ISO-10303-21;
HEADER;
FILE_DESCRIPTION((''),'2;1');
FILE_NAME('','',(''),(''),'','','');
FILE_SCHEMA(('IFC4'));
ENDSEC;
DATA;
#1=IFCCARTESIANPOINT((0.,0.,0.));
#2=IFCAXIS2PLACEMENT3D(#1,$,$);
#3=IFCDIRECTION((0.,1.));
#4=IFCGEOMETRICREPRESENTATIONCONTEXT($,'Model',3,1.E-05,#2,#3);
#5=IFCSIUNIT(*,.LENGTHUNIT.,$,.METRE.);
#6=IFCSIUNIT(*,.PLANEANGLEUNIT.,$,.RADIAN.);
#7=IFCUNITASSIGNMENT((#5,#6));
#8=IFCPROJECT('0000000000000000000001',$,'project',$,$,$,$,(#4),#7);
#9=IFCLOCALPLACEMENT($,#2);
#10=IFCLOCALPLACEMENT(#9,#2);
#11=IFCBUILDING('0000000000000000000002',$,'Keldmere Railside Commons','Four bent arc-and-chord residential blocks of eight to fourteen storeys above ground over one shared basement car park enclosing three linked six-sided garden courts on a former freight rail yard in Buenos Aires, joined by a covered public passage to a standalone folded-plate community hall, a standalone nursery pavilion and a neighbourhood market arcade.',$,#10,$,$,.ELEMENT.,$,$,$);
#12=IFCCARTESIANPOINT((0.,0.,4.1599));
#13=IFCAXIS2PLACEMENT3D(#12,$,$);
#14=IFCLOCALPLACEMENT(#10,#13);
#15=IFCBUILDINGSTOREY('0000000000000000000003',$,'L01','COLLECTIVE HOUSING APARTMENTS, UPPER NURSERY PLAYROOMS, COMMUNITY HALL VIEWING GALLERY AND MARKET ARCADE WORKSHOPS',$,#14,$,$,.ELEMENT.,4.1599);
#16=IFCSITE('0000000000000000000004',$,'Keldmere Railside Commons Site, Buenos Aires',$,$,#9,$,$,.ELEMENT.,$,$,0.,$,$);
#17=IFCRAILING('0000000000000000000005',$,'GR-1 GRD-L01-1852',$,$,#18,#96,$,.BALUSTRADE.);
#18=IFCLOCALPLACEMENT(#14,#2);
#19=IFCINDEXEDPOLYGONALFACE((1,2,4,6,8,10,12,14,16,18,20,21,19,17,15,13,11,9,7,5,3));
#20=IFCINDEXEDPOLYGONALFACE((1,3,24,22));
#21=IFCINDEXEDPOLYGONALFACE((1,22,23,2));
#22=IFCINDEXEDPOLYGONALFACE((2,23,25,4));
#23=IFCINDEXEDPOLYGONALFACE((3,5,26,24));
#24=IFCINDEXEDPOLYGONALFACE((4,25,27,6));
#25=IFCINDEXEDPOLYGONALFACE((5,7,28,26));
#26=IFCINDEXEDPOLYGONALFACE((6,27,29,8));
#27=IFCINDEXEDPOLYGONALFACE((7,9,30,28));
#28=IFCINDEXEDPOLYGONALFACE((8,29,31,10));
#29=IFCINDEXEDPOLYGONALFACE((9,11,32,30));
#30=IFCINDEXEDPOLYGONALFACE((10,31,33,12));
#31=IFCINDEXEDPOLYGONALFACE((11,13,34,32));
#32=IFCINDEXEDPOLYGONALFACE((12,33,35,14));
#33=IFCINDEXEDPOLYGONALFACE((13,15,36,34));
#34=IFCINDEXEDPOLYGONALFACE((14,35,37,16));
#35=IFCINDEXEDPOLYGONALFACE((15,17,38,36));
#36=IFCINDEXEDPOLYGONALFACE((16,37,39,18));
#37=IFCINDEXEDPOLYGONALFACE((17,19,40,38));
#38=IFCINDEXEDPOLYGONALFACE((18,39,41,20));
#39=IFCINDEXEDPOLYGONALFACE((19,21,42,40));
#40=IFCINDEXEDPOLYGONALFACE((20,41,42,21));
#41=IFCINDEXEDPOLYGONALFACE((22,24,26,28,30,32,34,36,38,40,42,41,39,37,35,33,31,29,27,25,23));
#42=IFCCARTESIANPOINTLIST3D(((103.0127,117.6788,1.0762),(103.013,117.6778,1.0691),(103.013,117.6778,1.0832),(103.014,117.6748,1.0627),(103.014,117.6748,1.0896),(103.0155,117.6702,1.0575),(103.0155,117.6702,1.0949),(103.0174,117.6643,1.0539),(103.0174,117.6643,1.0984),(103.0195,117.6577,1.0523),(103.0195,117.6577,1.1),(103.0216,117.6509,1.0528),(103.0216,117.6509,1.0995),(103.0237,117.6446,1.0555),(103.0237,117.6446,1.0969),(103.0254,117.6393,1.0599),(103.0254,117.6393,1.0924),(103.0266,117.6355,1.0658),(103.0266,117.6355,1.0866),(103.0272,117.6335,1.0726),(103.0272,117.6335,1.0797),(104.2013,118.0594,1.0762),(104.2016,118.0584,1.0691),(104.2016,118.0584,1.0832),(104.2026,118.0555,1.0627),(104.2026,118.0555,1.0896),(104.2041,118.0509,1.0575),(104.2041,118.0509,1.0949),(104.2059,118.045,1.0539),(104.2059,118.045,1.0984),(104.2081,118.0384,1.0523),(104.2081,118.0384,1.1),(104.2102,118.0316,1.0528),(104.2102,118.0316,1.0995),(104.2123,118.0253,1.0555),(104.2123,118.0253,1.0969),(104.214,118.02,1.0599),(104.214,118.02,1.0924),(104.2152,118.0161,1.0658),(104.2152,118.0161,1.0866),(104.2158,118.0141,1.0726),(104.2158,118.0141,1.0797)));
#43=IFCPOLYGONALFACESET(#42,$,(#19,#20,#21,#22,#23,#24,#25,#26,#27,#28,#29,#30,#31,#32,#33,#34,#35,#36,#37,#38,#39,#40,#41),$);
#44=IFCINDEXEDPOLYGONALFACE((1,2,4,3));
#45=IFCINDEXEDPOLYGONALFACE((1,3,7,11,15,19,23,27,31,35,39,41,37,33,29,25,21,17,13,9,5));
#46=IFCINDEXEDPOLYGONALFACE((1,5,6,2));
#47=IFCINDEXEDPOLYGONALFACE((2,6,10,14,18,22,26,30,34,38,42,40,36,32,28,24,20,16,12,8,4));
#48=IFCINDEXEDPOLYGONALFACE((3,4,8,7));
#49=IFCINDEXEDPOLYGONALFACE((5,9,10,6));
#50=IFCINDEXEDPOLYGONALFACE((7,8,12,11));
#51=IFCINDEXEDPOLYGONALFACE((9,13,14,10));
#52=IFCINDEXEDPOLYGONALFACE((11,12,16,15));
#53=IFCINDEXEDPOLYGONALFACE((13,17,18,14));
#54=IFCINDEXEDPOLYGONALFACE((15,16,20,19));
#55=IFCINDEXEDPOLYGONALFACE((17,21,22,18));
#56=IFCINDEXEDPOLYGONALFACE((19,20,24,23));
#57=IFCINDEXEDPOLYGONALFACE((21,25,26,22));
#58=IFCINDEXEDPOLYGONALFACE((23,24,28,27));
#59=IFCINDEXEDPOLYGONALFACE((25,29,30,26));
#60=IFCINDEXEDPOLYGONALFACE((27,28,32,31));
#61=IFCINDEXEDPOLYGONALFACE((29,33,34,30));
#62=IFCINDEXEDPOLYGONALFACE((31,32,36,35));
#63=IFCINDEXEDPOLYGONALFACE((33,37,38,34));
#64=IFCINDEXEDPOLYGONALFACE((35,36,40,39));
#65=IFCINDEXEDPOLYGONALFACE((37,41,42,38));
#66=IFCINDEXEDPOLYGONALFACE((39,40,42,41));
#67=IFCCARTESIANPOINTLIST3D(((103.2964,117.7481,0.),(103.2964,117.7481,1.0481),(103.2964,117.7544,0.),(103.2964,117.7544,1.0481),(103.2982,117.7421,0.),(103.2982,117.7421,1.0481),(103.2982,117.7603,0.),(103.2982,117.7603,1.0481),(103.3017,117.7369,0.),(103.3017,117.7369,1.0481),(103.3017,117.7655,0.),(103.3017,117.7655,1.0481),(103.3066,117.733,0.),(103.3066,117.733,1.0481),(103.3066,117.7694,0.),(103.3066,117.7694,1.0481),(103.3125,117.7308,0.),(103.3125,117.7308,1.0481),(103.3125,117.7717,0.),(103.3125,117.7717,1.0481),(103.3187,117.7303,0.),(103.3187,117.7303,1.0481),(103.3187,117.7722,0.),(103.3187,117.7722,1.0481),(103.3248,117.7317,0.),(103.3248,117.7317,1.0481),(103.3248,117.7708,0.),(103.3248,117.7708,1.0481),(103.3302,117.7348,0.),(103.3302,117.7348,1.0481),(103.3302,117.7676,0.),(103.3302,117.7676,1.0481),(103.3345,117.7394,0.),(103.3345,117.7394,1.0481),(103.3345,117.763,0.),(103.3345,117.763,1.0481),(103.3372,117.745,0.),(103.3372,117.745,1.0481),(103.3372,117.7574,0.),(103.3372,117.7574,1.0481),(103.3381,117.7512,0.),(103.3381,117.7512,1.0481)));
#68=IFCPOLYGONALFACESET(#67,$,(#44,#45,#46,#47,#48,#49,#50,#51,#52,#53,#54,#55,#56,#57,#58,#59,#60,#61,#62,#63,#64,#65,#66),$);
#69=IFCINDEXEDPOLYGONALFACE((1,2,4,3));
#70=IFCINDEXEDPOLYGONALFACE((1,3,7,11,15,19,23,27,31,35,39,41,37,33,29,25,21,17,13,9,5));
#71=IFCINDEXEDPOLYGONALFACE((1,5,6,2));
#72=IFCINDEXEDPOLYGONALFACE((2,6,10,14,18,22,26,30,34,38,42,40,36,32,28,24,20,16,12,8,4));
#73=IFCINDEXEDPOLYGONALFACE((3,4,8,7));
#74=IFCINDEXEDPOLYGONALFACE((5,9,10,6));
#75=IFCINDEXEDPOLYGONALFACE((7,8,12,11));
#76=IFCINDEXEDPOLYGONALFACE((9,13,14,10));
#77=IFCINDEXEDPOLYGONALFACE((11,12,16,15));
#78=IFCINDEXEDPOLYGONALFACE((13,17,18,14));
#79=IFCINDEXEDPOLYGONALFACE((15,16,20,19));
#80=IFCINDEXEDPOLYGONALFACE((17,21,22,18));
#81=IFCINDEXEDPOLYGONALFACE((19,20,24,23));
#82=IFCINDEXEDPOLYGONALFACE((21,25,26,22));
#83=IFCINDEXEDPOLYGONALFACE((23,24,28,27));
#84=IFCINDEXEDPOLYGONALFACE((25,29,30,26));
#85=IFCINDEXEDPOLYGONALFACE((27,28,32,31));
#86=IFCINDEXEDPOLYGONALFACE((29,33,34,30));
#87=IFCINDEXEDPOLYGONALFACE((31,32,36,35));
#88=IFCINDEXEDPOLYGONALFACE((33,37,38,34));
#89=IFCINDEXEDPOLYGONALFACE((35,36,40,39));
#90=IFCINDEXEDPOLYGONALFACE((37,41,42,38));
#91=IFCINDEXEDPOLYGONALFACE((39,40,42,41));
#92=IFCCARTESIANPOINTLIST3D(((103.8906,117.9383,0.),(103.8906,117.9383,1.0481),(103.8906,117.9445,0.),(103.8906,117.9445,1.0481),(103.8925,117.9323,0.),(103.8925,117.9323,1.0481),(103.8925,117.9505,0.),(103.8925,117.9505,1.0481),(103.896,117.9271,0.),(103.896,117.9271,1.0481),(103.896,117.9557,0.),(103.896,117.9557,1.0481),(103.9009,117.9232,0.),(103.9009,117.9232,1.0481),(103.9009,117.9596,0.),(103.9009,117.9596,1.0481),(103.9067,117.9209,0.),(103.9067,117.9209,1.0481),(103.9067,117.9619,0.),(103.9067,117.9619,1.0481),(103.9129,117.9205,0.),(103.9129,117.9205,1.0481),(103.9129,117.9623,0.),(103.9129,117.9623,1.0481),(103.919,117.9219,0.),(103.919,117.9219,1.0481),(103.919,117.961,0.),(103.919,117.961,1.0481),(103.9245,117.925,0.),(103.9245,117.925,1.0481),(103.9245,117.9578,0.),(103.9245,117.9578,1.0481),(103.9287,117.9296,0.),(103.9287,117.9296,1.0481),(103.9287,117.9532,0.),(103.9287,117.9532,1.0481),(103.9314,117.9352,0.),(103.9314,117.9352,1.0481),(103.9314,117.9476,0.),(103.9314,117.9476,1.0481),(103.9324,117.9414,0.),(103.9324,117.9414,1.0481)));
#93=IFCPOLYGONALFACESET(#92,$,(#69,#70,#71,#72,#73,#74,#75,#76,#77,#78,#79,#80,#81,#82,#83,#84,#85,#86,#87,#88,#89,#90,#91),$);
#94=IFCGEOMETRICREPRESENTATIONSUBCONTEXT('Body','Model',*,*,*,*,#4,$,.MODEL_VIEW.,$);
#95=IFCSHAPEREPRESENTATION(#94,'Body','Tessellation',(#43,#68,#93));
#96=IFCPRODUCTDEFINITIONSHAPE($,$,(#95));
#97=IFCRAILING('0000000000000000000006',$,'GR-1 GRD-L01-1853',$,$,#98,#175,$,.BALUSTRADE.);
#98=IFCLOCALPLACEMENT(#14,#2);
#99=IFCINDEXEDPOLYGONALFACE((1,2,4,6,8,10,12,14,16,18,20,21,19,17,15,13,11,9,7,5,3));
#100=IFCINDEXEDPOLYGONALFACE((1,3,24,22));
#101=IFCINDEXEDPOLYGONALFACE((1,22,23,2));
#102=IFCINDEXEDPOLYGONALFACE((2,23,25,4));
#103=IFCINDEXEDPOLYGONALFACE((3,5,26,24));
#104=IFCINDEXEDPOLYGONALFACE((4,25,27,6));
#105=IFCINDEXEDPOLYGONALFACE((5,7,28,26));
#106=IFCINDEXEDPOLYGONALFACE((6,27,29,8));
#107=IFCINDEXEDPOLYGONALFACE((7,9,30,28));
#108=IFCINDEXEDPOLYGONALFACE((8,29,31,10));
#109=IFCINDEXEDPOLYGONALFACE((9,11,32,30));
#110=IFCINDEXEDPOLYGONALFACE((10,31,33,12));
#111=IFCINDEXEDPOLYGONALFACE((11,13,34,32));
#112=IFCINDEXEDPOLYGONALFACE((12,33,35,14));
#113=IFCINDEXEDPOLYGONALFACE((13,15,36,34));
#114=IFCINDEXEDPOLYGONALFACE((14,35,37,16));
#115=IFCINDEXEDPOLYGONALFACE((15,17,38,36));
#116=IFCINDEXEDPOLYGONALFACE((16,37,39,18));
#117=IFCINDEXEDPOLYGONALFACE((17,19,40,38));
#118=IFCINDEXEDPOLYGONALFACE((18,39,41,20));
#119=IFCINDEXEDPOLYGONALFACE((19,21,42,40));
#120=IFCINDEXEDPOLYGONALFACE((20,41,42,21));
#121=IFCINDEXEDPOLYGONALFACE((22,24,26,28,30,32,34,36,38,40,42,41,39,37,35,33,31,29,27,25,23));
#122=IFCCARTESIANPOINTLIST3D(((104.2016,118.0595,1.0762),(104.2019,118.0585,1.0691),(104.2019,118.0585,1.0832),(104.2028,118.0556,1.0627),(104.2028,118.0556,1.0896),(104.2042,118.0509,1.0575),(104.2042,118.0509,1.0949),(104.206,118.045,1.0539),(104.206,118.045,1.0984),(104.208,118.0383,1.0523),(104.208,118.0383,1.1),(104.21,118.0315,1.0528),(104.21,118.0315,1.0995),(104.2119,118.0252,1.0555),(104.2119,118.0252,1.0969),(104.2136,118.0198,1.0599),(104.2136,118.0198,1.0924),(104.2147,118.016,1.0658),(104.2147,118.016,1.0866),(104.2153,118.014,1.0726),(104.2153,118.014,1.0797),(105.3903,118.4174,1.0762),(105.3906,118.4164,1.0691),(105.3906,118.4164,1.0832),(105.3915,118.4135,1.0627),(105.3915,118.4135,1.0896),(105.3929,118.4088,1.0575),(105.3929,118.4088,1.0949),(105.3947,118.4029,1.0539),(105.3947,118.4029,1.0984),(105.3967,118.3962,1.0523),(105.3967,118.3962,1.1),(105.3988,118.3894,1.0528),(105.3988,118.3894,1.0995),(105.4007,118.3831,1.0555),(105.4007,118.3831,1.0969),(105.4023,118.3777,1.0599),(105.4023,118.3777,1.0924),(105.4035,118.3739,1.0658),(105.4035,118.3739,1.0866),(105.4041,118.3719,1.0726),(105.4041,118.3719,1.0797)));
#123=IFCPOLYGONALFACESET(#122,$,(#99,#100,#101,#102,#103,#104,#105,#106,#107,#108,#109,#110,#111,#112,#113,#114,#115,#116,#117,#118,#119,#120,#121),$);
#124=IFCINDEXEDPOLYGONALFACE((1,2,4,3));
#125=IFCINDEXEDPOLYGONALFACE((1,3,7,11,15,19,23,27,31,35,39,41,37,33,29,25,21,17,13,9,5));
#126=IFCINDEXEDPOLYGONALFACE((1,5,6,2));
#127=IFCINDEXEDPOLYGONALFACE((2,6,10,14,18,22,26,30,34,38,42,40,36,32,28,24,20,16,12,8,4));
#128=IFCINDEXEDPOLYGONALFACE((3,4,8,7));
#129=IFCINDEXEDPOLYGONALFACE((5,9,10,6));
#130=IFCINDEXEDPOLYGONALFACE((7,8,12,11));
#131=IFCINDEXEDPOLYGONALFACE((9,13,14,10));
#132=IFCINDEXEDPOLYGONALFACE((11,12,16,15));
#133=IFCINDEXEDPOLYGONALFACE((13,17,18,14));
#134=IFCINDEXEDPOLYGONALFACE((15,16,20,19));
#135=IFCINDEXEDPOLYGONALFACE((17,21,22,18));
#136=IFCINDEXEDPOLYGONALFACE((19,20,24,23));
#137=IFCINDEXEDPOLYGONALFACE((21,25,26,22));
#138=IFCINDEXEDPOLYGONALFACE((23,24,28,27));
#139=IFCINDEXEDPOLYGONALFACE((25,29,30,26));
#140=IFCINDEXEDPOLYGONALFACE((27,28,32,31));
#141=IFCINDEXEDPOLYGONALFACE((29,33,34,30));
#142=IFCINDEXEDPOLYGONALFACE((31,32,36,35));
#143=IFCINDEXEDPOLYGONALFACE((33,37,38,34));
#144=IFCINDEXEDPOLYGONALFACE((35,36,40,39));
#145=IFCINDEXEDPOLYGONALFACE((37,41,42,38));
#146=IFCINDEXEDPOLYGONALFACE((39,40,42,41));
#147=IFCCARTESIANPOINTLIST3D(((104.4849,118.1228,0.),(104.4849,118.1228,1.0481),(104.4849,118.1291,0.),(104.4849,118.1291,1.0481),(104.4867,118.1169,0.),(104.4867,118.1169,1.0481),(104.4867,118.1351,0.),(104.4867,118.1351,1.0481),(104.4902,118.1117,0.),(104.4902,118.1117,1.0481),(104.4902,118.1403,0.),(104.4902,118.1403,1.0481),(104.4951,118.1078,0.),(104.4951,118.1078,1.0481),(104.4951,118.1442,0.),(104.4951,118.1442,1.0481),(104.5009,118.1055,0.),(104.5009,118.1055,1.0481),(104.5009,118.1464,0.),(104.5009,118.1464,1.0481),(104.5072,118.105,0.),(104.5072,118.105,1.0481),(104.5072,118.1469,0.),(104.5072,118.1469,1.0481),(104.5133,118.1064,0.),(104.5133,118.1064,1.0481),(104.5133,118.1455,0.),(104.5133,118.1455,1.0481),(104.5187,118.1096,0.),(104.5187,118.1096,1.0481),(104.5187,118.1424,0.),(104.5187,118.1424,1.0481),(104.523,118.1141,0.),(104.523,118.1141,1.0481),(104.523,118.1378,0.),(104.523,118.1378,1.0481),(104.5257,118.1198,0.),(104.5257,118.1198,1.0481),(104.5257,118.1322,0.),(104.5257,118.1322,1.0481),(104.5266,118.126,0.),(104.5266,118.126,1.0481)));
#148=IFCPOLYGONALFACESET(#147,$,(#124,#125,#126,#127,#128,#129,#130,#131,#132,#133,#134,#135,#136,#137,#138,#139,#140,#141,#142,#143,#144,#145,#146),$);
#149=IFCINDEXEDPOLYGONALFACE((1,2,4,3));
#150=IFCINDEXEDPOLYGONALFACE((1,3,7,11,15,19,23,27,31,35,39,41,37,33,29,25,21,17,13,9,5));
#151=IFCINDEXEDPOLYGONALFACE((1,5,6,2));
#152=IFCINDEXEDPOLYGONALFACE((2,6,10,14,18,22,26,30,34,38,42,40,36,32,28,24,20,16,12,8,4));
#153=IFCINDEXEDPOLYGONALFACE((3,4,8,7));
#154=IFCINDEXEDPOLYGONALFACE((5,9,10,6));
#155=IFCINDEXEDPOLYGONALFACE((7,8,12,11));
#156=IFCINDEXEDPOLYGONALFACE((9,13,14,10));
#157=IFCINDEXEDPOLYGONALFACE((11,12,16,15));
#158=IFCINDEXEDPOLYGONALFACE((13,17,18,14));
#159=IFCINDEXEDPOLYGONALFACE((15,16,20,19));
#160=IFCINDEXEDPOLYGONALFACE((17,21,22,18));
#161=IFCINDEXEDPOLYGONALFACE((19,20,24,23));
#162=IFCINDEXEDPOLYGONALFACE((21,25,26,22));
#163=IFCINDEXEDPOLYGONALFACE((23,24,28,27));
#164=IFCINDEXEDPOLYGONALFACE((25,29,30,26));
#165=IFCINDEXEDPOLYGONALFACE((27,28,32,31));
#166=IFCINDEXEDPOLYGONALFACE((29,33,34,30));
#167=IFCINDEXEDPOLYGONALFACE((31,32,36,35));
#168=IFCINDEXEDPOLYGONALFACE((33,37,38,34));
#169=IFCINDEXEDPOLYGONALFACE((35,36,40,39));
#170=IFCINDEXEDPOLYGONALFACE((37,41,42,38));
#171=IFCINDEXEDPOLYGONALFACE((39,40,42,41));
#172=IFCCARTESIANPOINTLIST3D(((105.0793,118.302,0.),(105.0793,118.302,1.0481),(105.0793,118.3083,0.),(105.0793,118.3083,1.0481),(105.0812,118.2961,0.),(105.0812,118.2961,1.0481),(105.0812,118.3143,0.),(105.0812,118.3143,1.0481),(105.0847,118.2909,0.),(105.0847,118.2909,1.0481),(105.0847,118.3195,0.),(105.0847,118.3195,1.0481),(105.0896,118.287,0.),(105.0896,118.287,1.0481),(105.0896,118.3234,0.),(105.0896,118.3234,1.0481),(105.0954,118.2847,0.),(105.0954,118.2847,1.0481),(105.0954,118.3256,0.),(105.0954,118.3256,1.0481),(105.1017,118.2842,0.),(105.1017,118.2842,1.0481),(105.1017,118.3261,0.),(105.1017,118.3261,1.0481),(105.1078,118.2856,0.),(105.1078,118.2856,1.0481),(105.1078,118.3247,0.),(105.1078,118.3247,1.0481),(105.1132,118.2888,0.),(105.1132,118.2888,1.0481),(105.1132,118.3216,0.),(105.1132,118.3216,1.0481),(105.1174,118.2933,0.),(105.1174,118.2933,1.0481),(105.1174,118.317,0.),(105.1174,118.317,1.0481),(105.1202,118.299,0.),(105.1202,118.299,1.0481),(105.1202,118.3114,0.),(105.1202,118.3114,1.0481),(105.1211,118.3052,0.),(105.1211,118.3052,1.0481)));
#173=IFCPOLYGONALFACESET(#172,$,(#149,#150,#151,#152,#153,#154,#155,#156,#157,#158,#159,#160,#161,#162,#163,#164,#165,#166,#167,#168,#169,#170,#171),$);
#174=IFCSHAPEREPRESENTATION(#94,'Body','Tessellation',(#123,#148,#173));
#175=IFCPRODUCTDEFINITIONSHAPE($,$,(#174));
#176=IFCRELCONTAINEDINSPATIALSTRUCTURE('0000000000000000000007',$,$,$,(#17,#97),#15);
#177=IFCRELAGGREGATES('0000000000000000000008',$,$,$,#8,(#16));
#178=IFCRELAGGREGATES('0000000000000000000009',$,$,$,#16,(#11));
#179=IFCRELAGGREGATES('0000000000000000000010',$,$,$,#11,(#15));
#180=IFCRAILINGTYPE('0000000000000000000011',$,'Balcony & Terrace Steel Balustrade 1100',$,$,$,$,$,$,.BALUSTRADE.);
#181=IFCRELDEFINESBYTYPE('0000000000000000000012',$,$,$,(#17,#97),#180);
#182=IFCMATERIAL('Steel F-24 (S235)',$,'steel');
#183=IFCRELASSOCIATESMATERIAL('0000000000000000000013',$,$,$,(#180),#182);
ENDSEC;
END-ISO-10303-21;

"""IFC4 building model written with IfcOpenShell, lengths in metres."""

from ifc_helpers import new_model, si_unit, direction, frame, origin, origin_2d, place, context, subcontext, project, spatial, circle, extrude, material, type_object, element, save


model = new_model("IFC4")

# Units and contexts
model_context = context("Model", 3, precision=1e-05, world=origin(), true_north=direction((0.0, 1.0)))
body_context = subcontext(model_context, "Body", "Model", "MODEL_VIEW")
ifc_project = project(units=[si_unit("LENGTHUNIT", "METRE"), si_unit("PLANEANGLEUNIT", "RADIAN")], contexts=[model_context])

# Site, building, storey
site_placement = place(None, origin())
site = spatial("IfcSite", under=ifc_project, at=site_placement, Name="Keldmere Railside Commons Site, Buenos Aires", CompositionType="ELEMENT", RefElevation=0.0)
building_placement = place(site_placement, origin())
building = spatial("IfcBuilding", under=site, at=building_placement, Name="Keldmere Railside Commons", Description="Four bent arc-and-chord residential blocks of eight to fourteen storeys above ground over one shared basement car park enclosing three linked six-sided garden courts on a former freight rail yard in Buenos Aires, joined by a covered public passage to a standalone folded-plate community hall, a standalone nursery pavilion and a neighbourhood market arcade.", CompositionType="ELEMENT")
storey_placement = place(building_placement, frame((0.0, 0.0, 4.1599)))
storey = spatial("IfcBuildingStorey", under=building, at=storey_placement, Name="L01", Description="COLLECTIVE HOUSING APARTMENTS, UPPER NURSERY PLAYROOMS, COMMUNITY HALL VIEWING GALLERY AND MARKET ARCADE WORKSHOPS", CompositionType="ELEMENT", Elevation=4.1599)

# Railings
ifc_material_1 = material(Name="Steel F-24 (S235)", Category="steel")
railing_type = type_object("IfcRailingType", Name="Balcony & Terrace Steel Balustrade 1100", PredefinedType="BALUSTRADE", material=ifc_material_1)
railing_1_placement = place(storey_placement, frame((103.02, 117.656, 0.0)))
element("IfcRailing", 1, at=railing_1_placement, inside=storey, type_object=railing_type, Name="GR-1 GRD-L01-1852", PredefinedType="BALUSTRADE", context=body_context, shape_type="SweptSolid", body=[
    extrude(circle(Radius=0.0239, at=origin_2d()), frame((0.0, 0.0, 1.0762), z_axis=(0.952354, 0.304996, 0.0), x_axis=(-0.304996, 0.952354, 0.0)), (0.0, 0.0, 1.0), 1.248),
    extrude(circle(Radius=0.021, at=origin_2d()), frame((0.2971, 0.0952, 0.0)), (0.0, 0.0, 1.0), 1.0481),
    extrude(circle(Radius=0.021, at=origin_2d()), frame((0.8914, 0.2854, 0.0)), (0.0, 0.0, 1.0), 1.0481),
])
railing_2_placement = place(storey_placement, frame((104.2085, 118.0366, 0.0)))
element("IfcRailing", 2, at=railing_2_placement, inside=storey, type_object=railing_type, Name="GR-1 GRD-L01-1853", PredefinedType="BALUSTRADE", context=body_context, shape_type="SweptSolid", body=[
    extrude(circle(Radius=0.0239, at=origin_2d()), frame((0.0, 0.0, 1.0762), z_axis=(0.957539, 0.288304, 0.0), x_axis=(-0.288304, 0.957539, 0.0)), (0.0, 0.0, 1.0), 1.2415),
    extrude(circle(Radius=0.021, at=origin_2d()), frame((0.2971, 0.0894, 0.0)), (0.0, 0.0, 1.0), 1.0481),
    extrude(circle(Radius=0.021, at=origin_2d()), frame((0.8916, 0.2686, 0.0)), (0.0, 0.0, 1.0), 1.0481),
])

save(model, "model.ifc")
